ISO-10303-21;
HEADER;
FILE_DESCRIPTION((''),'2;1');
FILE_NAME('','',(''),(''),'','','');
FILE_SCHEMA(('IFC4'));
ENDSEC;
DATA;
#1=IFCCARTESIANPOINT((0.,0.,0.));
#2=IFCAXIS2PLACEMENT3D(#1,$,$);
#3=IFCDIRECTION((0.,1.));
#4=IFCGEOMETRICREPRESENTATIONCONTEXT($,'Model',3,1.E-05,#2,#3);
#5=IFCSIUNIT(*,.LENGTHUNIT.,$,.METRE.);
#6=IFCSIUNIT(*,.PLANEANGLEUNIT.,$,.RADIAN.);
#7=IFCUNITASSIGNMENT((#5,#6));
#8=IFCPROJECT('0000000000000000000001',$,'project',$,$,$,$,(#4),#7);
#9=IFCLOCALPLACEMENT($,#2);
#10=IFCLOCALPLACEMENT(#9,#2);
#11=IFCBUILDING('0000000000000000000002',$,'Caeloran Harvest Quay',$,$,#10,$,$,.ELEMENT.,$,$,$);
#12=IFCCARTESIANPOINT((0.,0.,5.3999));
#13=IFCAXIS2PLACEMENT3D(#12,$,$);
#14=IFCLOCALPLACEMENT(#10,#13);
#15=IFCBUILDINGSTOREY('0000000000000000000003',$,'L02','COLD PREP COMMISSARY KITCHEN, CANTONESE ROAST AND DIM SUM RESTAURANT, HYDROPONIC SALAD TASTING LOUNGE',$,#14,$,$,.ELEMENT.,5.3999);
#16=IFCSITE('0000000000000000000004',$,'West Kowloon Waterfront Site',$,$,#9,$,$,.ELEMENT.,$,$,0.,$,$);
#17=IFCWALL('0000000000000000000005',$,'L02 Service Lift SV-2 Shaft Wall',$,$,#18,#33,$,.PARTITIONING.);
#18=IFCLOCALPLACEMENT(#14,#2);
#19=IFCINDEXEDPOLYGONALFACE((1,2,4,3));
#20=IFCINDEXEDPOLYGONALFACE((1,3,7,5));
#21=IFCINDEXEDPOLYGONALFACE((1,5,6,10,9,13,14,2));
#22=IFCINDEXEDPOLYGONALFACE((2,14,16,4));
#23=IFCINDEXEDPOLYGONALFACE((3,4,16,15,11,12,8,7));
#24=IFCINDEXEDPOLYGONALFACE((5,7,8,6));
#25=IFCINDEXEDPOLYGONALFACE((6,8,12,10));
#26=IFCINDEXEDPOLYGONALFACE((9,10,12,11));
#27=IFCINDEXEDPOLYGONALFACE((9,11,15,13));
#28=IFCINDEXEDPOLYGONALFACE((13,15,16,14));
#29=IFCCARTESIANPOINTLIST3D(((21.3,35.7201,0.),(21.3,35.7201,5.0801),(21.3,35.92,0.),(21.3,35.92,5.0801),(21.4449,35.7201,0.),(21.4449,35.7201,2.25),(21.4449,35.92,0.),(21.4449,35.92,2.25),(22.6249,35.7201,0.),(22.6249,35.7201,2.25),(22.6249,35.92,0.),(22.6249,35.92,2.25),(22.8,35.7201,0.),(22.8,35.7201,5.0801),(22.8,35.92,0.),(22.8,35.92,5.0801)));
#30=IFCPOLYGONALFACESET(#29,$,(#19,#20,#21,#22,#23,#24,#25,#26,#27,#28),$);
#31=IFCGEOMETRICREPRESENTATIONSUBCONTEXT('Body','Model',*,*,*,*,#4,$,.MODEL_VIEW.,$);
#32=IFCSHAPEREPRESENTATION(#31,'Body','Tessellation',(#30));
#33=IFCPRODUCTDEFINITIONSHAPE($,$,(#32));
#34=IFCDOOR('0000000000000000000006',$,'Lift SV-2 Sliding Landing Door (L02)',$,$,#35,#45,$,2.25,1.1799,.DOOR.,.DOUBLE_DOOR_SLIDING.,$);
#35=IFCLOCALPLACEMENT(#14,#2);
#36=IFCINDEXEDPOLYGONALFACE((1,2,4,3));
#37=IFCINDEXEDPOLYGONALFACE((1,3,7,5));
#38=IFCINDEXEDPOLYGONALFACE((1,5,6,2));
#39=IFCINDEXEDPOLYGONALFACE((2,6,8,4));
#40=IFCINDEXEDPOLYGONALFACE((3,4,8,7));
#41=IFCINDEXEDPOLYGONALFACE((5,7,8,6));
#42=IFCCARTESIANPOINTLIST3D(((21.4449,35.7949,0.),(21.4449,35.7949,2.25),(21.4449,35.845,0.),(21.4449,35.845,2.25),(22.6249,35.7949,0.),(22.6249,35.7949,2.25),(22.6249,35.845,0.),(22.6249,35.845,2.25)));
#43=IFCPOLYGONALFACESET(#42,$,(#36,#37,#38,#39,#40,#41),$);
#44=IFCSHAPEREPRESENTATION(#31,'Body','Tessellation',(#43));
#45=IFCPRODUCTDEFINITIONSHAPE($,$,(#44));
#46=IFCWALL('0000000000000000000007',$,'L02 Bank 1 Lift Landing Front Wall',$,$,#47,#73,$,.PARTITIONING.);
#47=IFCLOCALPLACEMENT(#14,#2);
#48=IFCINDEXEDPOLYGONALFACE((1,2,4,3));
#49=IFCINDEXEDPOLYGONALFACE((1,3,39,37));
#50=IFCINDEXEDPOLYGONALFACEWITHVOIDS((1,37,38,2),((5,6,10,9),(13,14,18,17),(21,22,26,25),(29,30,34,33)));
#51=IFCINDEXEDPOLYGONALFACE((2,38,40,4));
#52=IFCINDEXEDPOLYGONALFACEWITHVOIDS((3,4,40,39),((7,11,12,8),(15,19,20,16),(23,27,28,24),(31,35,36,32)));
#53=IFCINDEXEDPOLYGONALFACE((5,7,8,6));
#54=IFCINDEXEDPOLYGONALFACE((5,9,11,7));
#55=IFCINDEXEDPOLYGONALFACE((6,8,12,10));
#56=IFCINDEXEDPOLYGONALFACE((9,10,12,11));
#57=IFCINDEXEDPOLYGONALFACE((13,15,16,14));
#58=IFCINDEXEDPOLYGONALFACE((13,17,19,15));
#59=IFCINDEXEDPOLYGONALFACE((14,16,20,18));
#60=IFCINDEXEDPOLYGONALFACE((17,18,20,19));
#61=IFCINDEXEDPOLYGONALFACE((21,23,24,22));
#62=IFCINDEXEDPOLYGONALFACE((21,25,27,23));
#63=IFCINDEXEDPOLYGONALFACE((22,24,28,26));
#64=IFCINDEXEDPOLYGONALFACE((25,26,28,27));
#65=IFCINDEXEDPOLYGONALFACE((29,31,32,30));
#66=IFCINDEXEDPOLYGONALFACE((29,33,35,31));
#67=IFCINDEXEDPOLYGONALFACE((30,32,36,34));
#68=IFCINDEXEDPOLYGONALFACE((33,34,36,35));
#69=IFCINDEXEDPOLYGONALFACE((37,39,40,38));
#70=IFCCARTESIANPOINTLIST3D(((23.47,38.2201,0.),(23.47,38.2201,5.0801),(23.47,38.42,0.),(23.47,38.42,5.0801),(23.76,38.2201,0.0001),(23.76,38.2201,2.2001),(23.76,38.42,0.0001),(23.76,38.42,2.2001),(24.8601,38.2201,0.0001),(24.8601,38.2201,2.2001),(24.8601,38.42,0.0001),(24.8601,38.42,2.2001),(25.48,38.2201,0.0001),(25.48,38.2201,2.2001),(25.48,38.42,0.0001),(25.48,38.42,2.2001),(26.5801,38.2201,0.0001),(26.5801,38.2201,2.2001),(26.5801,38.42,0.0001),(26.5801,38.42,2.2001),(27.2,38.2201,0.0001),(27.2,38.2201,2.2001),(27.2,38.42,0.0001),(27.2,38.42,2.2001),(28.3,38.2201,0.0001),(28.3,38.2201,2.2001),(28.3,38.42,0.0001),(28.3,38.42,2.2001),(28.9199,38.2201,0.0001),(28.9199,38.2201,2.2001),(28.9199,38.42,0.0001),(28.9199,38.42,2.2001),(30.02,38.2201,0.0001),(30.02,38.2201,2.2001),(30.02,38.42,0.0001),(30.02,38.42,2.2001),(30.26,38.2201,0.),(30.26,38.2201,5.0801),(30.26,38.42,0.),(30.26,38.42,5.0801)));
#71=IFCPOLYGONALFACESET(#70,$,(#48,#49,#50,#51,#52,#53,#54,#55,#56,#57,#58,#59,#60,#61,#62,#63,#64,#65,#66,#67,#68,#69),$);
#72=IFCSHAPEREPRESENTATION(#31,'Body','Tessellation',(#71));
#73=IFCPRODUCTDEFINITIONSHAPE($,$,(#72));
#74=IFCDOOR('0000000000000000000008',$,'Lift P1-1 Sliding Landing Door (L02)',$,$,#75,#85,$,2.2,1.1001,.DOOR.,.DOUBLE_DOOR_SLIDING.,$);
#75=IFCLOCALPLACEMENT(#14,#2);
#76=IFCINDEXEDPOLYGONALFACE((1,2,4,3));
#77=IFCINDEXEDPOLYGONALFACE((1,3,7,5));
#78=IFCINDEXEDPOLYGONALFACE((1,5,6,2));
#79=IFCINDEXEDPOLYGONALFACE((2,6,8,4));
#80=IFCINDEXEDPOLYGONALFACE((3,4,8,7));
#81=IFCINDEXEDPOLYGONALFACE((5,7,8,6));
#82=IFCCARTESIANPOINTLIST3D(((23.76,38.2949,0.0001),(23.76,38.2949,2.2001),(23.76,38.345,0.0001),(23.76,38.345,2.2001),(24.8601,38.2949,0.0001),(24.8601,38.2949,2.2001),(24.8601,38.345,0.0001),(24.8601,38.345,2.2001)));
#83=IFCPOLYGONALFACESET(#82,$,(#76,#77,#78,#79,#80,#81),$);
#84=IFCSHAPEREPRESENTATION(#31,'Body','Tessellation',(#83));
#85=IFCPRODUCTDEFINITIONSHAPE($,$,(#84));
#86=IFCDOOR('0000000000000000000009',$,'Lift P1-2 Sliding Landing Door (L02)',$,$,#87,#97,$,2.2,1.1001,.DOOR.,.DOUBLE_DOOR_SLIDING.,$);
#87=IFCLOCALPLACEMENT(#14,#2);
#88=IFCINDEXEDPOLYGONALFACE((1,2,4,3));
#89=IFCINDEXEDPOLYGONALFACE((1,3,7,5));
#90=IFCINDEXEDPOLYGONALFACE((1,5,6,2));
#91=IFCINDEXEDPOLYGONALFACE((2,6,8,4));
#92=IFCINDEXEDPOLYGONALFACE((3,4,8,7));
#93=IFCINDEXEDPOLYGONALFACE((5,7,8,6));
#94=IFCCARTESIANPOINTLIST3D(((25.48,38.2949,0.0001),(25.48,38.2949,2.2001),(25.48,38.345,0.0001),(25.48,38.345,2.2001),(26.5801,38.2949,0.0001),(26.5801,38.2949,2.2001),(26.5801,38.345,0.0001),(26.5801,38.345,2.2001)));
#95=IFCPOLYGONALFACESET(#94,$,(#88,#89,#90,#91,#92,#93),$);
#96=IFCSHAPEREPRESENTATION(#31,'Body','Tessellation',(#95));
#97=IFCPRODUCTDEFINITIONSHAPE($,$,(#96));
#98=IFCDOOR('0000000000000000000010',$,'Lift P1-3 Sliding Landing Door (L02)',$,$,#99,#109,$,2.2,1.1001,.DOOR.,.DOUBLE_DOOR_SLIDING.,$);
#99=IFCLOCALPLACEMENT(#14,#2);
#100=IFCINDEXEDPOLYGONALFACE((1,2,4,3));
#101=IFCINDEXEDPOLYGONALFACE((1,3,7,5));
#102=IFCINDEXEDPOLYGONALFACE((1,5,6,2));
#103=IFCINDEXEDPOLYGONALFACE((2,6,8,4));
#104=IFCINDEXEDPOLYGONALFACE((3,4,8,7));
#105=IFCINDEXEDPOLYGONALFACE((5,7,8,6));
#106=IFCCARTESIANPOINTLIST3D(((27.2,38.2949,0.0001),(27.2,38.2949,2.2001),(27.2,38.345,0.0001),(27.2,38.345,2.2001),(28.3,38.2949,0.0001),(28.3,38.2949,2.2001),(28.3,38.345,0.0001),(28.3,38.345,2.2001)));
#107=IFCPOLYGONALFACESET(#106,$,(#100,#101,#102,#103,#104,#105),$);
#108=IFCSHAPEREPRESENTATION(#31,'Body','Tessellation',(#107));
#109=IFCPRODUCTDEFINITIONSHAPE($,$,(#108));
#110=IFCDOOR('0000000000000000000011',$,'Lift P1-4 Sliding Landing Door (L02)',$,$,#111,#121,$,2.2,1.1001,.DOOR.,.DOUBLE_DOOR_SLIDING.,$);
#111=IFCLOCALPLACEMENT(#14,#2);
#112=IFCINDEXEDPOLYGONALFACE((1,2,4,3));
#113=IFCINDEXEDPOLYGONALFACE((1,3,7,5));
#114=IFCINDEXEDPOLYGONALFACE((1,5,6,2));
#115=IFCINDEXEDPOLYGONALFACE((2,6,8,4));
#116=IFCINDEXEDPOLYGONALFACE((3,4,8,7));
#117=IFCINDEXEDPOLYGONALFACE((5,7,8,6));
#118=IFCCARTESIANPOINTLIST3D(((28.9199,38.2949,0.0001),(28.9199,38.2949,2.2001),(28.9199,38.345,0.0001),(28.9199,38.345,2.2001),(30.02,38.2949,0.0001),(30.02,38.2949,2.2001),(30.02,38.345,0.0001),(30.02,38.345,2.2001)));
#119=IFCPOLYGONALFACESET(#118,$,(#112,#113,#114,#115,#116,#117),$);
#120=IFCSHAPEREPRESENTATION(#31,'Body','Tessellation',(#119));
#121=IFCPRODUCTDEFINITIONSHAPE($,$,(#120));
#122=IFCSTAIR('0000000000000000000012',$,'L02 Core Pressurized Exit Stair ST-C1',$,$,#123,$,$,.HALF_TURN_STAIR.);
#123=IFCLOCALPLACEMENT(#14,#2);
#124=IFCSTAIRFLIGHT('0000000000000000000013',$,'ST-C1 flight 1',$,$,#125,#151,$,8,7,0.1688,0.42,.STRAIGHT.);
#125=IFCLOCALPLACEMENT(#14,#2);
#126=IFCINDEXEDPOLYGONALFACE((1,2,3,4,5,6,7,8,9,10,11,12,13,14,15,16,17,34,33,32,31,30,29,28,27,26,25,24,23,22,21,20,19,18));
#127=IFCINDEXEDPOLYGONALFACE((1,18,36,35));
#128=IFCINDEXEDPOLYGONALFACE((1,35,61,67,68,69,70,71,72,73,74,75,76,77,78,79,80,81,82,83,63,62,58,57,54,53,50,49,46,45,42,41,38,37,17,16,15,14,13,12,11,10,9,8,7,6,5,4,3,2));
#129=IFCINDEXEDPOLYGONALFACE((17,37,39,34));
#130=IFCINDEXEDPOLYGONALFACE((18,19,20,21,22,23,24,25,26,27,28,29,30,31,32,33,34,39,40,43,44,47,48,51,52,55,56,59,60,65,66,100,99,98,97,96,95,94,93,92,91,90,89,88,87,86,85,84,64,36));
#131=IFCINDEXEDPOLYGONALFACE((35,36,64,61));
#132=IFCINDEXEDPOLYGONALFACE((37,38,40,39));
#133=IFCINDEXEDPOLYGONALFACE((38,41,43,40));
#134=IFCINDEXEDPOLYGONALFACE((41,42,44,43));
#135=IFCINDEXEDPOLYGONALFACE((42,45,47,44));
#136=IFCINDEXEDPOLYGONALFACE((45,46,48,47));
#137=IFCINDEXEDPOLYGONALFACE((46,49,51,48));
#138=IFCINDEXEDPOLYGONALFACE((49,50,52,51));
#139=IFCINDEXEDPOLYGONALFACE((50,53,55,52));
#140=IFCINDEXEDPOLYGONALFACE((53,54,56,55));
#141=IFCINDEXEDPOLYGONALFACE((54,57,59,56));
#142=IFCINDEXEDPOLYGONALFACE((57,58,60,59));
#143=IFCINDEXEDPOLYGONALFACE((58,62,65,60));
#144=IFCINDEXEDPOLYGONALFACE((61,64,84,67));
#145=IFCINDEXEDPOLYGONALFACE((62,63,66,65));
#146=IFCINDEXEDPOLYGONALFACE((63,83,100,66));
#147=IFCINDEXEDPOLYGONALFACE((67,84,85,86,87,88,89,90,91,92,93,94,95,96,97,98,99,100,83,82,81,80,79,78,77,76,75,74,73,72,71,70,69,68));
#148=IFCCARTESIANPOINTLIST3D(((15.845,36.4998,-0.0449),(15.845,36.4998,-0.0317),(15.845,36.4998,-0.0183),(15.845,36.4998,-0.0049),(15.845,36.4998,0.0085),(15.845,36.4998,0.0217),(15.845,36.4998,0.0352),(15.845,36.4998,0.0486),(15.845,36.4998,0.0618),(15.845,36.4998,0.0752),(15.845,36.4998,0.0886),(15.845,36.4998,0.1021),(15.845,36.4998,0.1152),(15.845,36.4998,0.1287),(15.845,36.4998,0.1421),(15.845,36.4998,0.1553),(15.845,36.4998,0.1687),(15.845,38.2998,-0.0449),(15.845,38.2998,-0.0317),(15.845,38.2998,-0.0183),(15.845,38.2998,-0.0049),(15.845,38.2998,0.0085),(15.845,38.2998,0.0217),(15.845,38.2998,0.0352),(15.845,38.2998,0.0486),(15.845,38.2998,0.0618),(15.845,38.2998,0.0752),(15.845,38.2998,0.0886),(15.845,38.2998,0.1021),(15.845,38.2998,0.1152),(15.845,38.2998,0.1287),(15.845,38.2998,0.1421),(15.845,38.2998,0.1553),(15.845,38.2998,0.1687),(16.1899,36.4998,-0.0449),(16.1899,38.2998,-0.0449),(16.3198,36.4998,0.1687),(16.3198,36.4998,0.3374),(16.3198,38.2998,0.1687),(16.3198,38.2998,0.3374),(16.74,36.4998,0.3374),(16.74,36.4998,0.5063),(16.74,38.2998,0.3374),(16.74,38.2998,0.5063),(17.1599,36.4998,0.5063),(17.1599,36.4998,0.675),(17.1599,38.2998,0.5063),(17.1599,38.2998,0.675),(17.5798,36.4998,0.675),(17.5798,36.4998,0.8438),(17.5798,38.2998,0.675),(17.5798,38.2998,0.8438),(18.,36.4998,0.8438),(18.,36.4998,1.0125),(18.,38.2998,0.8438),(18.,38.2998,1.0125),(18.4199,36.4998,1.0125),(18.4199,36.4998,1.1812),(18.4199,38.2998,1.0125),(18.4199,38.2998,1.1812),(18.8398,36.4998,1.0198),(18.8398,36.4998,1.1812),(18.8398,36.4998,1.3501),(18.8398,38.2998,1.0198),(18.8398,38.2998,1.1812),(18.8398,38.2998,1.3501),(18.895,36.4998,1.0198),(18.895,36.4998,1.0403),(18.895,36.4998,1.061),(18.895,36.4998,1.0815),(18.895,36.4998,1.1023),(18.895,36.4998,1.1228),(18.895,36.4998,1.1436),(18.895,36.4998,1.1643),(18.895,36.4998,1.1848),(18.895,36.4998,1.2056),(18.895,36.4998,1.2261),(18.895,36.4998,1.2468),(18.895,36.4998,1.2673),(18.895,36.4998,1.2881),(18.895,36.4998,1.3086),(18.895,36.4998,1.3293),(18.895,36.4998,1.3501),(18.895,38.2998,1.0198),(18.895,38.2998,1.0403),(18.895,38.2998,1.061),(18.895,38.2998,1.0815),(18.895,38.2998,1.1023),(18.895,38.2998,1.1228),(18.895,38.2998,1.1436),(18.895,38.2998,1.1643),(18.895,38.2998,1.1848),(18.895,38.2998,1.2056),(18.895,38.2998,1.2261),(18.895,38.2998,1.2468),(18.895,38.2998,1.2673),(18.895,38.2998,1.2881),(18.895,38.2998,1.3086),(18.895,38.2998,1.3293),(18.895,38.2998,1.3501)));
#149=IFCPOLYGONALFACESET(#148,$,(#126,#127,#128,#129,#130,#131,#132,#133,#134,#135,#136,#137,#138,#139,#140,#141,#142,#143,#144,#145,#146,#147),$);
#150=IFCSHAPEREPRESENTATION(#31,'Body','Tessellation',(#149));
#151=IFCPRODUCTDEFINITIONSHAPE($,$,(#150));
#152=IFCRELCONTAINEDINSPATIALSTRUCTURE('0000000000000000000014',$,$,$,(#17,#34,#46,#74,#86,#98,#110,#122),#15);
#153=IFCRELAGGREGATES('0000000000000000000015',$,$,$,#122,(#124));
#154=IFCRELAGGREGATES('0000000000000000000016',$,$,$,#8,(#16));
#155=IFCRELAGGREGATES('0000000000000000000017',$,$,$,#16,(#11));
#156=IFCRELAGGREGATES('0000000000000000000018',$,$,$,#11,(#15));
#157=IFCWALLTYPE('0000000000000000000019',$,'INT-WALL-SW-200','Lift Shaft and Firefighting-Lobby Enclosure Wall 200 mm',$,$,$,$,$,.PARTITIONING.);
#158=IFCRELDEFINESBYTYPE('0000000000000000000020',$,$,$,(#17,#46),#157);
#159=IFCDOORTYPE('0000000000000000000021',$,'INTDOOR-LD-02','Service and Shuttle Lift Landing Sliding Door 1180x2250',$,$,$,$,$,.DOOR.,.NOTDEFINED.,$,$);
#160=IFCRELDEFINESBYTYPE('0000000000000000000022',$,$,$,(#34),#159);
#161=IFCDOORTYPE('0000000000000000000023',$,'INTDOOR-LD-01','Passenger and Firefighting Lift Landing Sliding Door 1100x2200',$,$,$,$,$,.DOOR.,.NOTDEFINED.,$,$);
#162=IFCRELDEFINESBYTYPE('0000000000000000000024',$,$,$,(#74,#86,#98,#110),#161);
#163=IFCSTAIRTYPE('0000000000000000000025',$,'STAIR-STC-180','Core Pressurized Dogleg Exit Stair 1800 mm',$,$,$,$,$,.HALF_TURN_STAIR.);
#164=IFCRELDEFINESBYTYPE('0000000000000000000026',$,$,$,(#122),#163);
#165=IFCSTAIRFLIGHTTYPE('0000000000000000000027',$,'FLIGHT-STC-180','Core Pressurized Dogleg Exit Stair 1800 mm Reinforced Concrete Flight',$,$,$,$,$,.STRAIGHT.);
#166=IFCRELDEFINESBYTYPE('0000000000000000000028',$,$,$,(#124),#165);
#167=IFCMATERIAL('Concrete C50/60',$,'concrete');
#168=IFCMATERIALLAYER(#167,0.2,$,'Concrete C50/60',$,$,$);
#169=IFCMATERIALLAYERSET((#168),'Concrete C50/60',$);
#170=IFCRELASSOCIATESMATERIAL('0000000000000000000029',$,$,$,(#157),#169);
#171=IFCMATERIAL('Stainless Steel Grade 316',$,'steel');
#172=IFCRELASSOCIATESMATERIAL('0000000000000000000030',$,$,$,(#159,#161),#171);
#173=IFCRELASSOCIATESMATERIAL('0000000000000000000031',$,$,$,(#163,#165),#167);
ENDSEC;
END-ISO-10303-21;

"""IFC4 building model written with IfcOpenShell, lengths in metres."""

from ifc_helpers import new_model, si_unit, direction, frame, frame_2d, origin, place, context, subcontext, project, spatial, polyline, rectangle, outline, extrude, material, layer, layer_set, type_object, element, fill, aggregate, save


model = new_model("IFC4")

# Units and contexts
model_context = context("Model", 3, precision=1e-05, world=origin(), true_north=direction((0.0, 1.0)))
body_context = subcontext(model_context, "Body", "Model", "MODEL_VIEW")
ifc_project = project(units=[si_unit("LENGTHUNIT", "METRE"), si_unit("PLANEANGLEUNIT", "RADIAN")], contexts=[model_context])

# Site, building, storey
site_placement = place(None, origin())
site = spatial("IfcSite", under=ifc_project, at=site_placement, Name="West Kowloon Waterfront Site", CompositionType="ELEMENT", RefElevation=0.0)
building_placement = place(site_placement, origin())
building = spatial("IfcBuilding", under=site, at=building_placement, Name="Caeloran Harvest Quay", CompositionType="ELEMENT")
storey_placement = place(building_placement, frame((0.0, 0.0, 5.3999)))
storey = spatial("IfcBuildingStorey", under=building, at=storey_placement, Name="L02", Description="COLD PREP COMMISSARY KITCHEN, CANTONESE ROAST AND DIM SUM RESTAURANT, HYDROPONIC SALAD TASTING LOUNGE", CompositionType="ELEMENT", Elevation=5.3999)

# Wall, opening, door
ifc_material_1 = material(Name="Concrete C50/60", Category="concrete")
ifc_layer_1 = layer(ifc_material_1, 0.2, Name="Concrete C50/60")
ifc_layer_set_1 = layer_set([ifc_layer_1], Name="Concrete C50/60")
wall_type = type_object("IfcWallType", Name="INT-WALL-SW-200", Description="Lift Shaft and Firefighting-Lobby Enclosure Wall 200 mm", PredefinedType="PARTITIONING", material=ifc_layer_set_1)
wall_1_placement = place(storey_placement, frame((21.3, 35.8201, 0.0), z_axis=(0.0, 0.0, 1.0), x_axis=(1.0, 0.0, 0.0)))
wall_1 = element("IfcWall", 1, at=wall_1_placement, inside=storey, type_object=wall_type, Name="L02 Service Lift SV-2 Shaft Wall", PredefinedType="PARTITIONING", context=body_context, shape_type="SweptSolid", body=[
    extrude(rectangle(XDim=1.5, YDim=0.2, at=frame_2d((0.75, 0.0))), origin(), (0.0, 0.0, 1.0), 5.0801),
])
opening_1_placement = place(wall_1_placement, frame((0.145, 0.0, 0.0)))
opening_1 = element("IfcOpeningElement", 2, at=opening_1_placement, cuts=wall_1, PredefinedType="OPENING", context=body_context, shape_type="SweptSolid", body=[
    extrude(rectangle(XDim=1.1799, YDim=2.25, at=frame_2d((0.5898, 1.125))), frame((0.0, 0.1099, 0.0), z_axis=(0.0, -1.0, 0.0), x_axis=(1.0, 0.0, 0.0)), (0.0, 0.0, 1.0), 0.22),
])
ifc_material_2 = material(Name="Stainless Steel Grade 316", Category="steel")
door_type_1 = type_object("IfcDoorType", Name="INTDOOR-LD-02", Description="Service and Shuttle Lift Landing Sliding Door 1180x2250", OperationType="NOTDEFINED", PredefinedType="DOOR", material=ifc_material_2)
door_1_placement = place(opening_1_placement, origin())
door_1 = element("IfcDoor", 3, at=door_1_placement, inside=storey, type_object=door_type_1, Name="Lift SV-2 Sliding Landing Door (L02)", OperationType="DOUBLE_DOOR_SLIDING", OverallHeight=2.25, OverallWidth=1.1799, PredefinedType="DOOR", context=body_context, shape_type="SweptSolid", body=[
    extrude(rectangle(XDim=1.1799, YDim=2.25, at=frame_2d((0.5898, 1.125))), frame((0.0, 0.0249, 0.0), z_axis=(0.0, -1.0, 0.0), x_axis=(1.0, 0.0, 0.0)), (0.0, 0.0, 1.0), 0.05),
])
fill(opening_1, door_1)

# Wall, openings, doors
wall_2_placement = place(storey_placement, frame((23.47, 38.3201, 0.0), z_axis=(0.0, 0.0, 1.0), x_axis=(1.0, 0.0, 0.0)))
wall_2 = element("IfcWall", 4, at=wall_2_placement, inside=storey, type_object=wall_type, Name="L02 Bank 1 Lift Landing Front Wall", PredefinedType="PARTITIONING", context=body_context, shape_type="SweptSolid", body=[
    extrude(rectangle(XDim=6.79, YDim=0.2, at=frame_2d((3.395, 0.0))), origin(), (0.0, 0.0, 1.0), 5.0801),
])
opening_2_placement = place(wall_2_placement, frame((0.29, 0.0, 0.0)))
opening_2 = element("IfcOpeningElement", 5, at=opening_2_placement, cuts=wall_2, PredefinedType="OPENING", context=body_context, shape_type="SweptSolid", body=[
    extrude(rectangle(XDim=1.1001, YDim=2.2, at=frame_2d((0.55, 1.1001))), frame((0.0, 0.1099, 0.0), z_axis=(0.0, -1.0, 0.0), x_axis=(1.0, 0.0, 0.0)), (0.0, 0.0, 1.0), 0.22),
])
opening_3_placement = place(wall_2_placement, frame((2.01, 0.0, 0.0)))
opening_3 = element("IfcOpeningElement", 6, at=opening_3_placement, cuts=wall_2, PredefinedType="OPENING", context=body_context, shape_type="SweptSolid", body=[
    extrude(rectangle(XDim=1.1001, YDim=2.2, at=frame_2d((0.55, 1.1001))), frame((0.0, 0.1099, 0.0), z_axis=(0.0, -1.0, 0.0), x_axis=(1.0, 0.0, 0.0)), (0.0, 0.0, 1.0), 0.22),
])
opening_4_placement = place(wall_2_placement, frame((3.73, 0.0, 0.0)))
opening_4 = element("IfcOpeningElement", 7, at=opening_4_placement, cuts=wall_2, PredefinedType="OPENING", context=body_context, shape_type="SweptSolid", body=[
    extrude(rectangle(XDim=1.1001, YDim=2.2, at=frame_2d((0.55, 1.1001))), frame((0.0, 0.1099, 0.0), z_axis=(0.0, -1.0, 0.0), x_axis=(1.0, 0.0, 0.0)), (0.0, 0.0, 1.0), 0.22),
])
opening_5_placement = place(wall_2_placement, frame((5.45, 0.0, 0.0)))
opening_5 = element("IfcOpeningElement", 8, at=opening_5_placement, cuts=wall_2, PredefinedType="OPENING", context=body_context, shape_type="SweptSolid", body=[
    extrude(rectangle(XDim=1.1001, YDim=2.2, at=frame_2d((0.55, 1.1001))), frame((0.0, 0.1099, 0.0), z_axis=(0.0, -1.0, 0.0), x_axis=(1.0, 0.0, 0.0)), (0.0, 0.0, 1.0), 0.22),
])
door_type_2 = type_object("IfcDoorType", Name="INTDOOR-LD-01", Description="Passenger and Firefighting Lift Landing Sliding Door 1100x2200", OperationType="NOTDEFINED", PredefinedType="DOOR", material=ifc_material_2)
door_2_placement = place(opening_2_placement, origin())
door_2 = element("IfcDoor", 9, at=door_2_placement, inside=storey, type_object=door_type_2, Name="Lift P1-1 Sliding Landing Door (L02)", OperationType="DOUBLE_DOOR_SLIDING", OverallHeight=2.2, OverallWidth=1.1001, PredefinedType="DOOR", context=body_context, shape_type="SweptSolid", body=[
    extrude(rectangle(XDim=1.1001, YDim=2.2, at=frame_2d((0.55, 1.1001))), frame((0.0, 0.0249, 0.0), z_axis=(0.0, -1.0, 0.0), x_axis=(1.0, 0.0, 0.0)), (0.0, 0.0, 1.0), 0.05),
])
fill(opening_2, door_2)
door_3_placement = place(opening_3_placement, origin())
door_3 = element("IfcDoor", 10, at=door_3_placement, inside=storey, type_object=door_type_2, Name="Lift P1-2 Sliding Landing Door (L02)", OperationType="DOUBLE_DOOR_SLIDING", OverallHeight=2.2, OverallWidth=1.1001, PredefinedType="DOOR", context=body_context, shape_type="SweptSolid", body=[
    extrude(rectangle(XDim=1.1001, YDim=2.2, at=frame_2d((0.55, 1.1001))), frame((0.0, 0.0249, 0.0), z_axis=(0.0, -1.0, 0.0), x_axis=(1.0, 0.0, 0.0)), (0.0, 0.0, 1.0), 0.05),
])
fill(opening_3, door_3)
door_4_placement = place(opening_4_placement, origin())
door_4 = element("IfcDoor", 11, at=door_4_placement, inside=storey, type_object=door_type_2, Name="Lift P1-3 Sliding Landing Door (L02)", OperationType="DOUBLE_DOOR_SLIDING", OverallHeight=2.2, OverallWidth=1.1001, PredefinedType="DOOR", context=body_context, shape_type="SweptSolid", body=[
    extrude(rectangle(XDim=1.1001, YDim=2.2, at=frame_2d((0.55, 1.1001))), frame((0.0, 0.0249, 0.0), z_axis=(0.0, -1.0, 0.0), x_axis=(1.0, 0.0, 0.0)), (0.0, 0.0, 1.0), 0.05),
])
fill(opening_4, door_4)
door_5_placement = place(opening_5_placement, origin())
door_5 = element("IfcDoor", 12, at=door_5_placement, inside=storey, type_object=door_type_2, Name="Lift P1-4 Sliding Landing Door (L02)", OperationType="DOUBLE_DOOR_SLIDING", OverallHeight=2.2, OverallWidth=1.1001, PredefinedType="DOOR", context=body_context, shape_type="SweptSolid", body=[
    extrude(rectangle(XDim=1.1001, YDim=2.2, at=frame_2d((0.55, 1.1001))), frame((0.0, 0.0249, 0.0), z_axis=(0.0, -1.0, 0.0), x_axis=(1.0, 0.0, 0.0)), (0.0, 0.0, 1.0), 0.05),
])
fill(opening_5, door_5)

# Stair, stair flight
stair_type = type_object("IfcStairType", Name="STAIR-STC-180", Description="Core Pressurized Dogleg Exit Stair 1800 mm", PredefinedType="HALF_TURN_STAIR", material=ifc_material_1)
stair_1_placement = place(storey_placement, origin())
stair_1 = element("IfcStair", 13, at=stair_1_placement, inside=storey, type_object=stair_type, Name="L02 Core Pressurized Exit Stair ST-C1", PredefinedType="HALF_TURN_STAIR")
stair_flight_type = type_object("IfcStairFlightType", Name="FLIGHT-STC-180", Description="Core Pressurized Dogleg Exit Stair 1800 mm Reinforced Concrete Flight", PredefinedType="STRAIGHT", material=ifc_material_1)
stair_flight_1_placement = place(storey_placement, frame((15.8999, 37.3999, 0.0), z_axis=(0.0, 0.0, 1.0), x_axis=(1.0, 0.0, 0.0)))
stair_flight_1 = element("IfcStairFlight", 14, at=stair_flight_1_placement, type_object=stair_flight_type, Name="ST-C1 flight 1", NumberOfRisers=8, NumberOfTreads=7, PredefinedType="STRAIGHT", RiserHeight=0.1688, TreadLength=0.42, context=body_context, shape_type="SweptSolid", body=[
    extrude(outline(polyline([(-0.0549, -0.0449), (-0.0549, -0.0317), (-0.0549, -0.0183), (-0.0549, -0.0049), (-0.0549, 0.0085), (-0.0549, 0.0217), (-0.0549, 0.0352), (-0.0549, 0.0486), (-0.0549, 0.0618), (-0.0549, 0.0752), (-0.0549, 0.0886), (-0.0549, 0.1021), (-0.0549, 0.1152), (-0.0549, 0.1287), (-0.0549, 0.1421), (-0.0549, 0.1553), (-0.0549, 0.1687), (0.4199, 0.1687), (0.4199, 0.3374), (0.8401, 0.3374), (0.8401, 0.5063), (1.26, 0.5063), (1.26, 0.675), (1.6799, 0.675), (1.6799, 0.8438), (2.1001, 0.8438), (2.1001, 1.0125), (2.52, 1.0125), (2.52, 1.1812), (2.9399, 1.1812), (2.9399, 1.3501), (2.9951, 1.3501), (2.9951, 1.3293), (2.9951, 1.3086), (2.9951, 1.2881), (2.9951, 1.2673), (2.9951, 1.2468), (2.9951, 1.2261), (2.9951, 1.2056), (2.9951, 1.1848), (2.9951, 1.1643), (2.9951, 1.1436), (2.9951, 1.1228), (2.9951, 1.1023), (2.9951, 1.0815), (2.9951, 1.061), (2.9951, 1.0403), (2.9951, 1.0198), (2.9399, 1.0198), (0.29, -0.0449), (-0.0549, -0.0449)])), frame((0.0, 0.8999, 0.0), z_axis=(0.0, -1.0, 0.0), x_axis=(1.0, 0.0, 0.0)), (0.0, 0.0, 1.0), 1.8),
])
aggregate(stair_1, [stair_flight_1])

save(model, "model.ifc")
